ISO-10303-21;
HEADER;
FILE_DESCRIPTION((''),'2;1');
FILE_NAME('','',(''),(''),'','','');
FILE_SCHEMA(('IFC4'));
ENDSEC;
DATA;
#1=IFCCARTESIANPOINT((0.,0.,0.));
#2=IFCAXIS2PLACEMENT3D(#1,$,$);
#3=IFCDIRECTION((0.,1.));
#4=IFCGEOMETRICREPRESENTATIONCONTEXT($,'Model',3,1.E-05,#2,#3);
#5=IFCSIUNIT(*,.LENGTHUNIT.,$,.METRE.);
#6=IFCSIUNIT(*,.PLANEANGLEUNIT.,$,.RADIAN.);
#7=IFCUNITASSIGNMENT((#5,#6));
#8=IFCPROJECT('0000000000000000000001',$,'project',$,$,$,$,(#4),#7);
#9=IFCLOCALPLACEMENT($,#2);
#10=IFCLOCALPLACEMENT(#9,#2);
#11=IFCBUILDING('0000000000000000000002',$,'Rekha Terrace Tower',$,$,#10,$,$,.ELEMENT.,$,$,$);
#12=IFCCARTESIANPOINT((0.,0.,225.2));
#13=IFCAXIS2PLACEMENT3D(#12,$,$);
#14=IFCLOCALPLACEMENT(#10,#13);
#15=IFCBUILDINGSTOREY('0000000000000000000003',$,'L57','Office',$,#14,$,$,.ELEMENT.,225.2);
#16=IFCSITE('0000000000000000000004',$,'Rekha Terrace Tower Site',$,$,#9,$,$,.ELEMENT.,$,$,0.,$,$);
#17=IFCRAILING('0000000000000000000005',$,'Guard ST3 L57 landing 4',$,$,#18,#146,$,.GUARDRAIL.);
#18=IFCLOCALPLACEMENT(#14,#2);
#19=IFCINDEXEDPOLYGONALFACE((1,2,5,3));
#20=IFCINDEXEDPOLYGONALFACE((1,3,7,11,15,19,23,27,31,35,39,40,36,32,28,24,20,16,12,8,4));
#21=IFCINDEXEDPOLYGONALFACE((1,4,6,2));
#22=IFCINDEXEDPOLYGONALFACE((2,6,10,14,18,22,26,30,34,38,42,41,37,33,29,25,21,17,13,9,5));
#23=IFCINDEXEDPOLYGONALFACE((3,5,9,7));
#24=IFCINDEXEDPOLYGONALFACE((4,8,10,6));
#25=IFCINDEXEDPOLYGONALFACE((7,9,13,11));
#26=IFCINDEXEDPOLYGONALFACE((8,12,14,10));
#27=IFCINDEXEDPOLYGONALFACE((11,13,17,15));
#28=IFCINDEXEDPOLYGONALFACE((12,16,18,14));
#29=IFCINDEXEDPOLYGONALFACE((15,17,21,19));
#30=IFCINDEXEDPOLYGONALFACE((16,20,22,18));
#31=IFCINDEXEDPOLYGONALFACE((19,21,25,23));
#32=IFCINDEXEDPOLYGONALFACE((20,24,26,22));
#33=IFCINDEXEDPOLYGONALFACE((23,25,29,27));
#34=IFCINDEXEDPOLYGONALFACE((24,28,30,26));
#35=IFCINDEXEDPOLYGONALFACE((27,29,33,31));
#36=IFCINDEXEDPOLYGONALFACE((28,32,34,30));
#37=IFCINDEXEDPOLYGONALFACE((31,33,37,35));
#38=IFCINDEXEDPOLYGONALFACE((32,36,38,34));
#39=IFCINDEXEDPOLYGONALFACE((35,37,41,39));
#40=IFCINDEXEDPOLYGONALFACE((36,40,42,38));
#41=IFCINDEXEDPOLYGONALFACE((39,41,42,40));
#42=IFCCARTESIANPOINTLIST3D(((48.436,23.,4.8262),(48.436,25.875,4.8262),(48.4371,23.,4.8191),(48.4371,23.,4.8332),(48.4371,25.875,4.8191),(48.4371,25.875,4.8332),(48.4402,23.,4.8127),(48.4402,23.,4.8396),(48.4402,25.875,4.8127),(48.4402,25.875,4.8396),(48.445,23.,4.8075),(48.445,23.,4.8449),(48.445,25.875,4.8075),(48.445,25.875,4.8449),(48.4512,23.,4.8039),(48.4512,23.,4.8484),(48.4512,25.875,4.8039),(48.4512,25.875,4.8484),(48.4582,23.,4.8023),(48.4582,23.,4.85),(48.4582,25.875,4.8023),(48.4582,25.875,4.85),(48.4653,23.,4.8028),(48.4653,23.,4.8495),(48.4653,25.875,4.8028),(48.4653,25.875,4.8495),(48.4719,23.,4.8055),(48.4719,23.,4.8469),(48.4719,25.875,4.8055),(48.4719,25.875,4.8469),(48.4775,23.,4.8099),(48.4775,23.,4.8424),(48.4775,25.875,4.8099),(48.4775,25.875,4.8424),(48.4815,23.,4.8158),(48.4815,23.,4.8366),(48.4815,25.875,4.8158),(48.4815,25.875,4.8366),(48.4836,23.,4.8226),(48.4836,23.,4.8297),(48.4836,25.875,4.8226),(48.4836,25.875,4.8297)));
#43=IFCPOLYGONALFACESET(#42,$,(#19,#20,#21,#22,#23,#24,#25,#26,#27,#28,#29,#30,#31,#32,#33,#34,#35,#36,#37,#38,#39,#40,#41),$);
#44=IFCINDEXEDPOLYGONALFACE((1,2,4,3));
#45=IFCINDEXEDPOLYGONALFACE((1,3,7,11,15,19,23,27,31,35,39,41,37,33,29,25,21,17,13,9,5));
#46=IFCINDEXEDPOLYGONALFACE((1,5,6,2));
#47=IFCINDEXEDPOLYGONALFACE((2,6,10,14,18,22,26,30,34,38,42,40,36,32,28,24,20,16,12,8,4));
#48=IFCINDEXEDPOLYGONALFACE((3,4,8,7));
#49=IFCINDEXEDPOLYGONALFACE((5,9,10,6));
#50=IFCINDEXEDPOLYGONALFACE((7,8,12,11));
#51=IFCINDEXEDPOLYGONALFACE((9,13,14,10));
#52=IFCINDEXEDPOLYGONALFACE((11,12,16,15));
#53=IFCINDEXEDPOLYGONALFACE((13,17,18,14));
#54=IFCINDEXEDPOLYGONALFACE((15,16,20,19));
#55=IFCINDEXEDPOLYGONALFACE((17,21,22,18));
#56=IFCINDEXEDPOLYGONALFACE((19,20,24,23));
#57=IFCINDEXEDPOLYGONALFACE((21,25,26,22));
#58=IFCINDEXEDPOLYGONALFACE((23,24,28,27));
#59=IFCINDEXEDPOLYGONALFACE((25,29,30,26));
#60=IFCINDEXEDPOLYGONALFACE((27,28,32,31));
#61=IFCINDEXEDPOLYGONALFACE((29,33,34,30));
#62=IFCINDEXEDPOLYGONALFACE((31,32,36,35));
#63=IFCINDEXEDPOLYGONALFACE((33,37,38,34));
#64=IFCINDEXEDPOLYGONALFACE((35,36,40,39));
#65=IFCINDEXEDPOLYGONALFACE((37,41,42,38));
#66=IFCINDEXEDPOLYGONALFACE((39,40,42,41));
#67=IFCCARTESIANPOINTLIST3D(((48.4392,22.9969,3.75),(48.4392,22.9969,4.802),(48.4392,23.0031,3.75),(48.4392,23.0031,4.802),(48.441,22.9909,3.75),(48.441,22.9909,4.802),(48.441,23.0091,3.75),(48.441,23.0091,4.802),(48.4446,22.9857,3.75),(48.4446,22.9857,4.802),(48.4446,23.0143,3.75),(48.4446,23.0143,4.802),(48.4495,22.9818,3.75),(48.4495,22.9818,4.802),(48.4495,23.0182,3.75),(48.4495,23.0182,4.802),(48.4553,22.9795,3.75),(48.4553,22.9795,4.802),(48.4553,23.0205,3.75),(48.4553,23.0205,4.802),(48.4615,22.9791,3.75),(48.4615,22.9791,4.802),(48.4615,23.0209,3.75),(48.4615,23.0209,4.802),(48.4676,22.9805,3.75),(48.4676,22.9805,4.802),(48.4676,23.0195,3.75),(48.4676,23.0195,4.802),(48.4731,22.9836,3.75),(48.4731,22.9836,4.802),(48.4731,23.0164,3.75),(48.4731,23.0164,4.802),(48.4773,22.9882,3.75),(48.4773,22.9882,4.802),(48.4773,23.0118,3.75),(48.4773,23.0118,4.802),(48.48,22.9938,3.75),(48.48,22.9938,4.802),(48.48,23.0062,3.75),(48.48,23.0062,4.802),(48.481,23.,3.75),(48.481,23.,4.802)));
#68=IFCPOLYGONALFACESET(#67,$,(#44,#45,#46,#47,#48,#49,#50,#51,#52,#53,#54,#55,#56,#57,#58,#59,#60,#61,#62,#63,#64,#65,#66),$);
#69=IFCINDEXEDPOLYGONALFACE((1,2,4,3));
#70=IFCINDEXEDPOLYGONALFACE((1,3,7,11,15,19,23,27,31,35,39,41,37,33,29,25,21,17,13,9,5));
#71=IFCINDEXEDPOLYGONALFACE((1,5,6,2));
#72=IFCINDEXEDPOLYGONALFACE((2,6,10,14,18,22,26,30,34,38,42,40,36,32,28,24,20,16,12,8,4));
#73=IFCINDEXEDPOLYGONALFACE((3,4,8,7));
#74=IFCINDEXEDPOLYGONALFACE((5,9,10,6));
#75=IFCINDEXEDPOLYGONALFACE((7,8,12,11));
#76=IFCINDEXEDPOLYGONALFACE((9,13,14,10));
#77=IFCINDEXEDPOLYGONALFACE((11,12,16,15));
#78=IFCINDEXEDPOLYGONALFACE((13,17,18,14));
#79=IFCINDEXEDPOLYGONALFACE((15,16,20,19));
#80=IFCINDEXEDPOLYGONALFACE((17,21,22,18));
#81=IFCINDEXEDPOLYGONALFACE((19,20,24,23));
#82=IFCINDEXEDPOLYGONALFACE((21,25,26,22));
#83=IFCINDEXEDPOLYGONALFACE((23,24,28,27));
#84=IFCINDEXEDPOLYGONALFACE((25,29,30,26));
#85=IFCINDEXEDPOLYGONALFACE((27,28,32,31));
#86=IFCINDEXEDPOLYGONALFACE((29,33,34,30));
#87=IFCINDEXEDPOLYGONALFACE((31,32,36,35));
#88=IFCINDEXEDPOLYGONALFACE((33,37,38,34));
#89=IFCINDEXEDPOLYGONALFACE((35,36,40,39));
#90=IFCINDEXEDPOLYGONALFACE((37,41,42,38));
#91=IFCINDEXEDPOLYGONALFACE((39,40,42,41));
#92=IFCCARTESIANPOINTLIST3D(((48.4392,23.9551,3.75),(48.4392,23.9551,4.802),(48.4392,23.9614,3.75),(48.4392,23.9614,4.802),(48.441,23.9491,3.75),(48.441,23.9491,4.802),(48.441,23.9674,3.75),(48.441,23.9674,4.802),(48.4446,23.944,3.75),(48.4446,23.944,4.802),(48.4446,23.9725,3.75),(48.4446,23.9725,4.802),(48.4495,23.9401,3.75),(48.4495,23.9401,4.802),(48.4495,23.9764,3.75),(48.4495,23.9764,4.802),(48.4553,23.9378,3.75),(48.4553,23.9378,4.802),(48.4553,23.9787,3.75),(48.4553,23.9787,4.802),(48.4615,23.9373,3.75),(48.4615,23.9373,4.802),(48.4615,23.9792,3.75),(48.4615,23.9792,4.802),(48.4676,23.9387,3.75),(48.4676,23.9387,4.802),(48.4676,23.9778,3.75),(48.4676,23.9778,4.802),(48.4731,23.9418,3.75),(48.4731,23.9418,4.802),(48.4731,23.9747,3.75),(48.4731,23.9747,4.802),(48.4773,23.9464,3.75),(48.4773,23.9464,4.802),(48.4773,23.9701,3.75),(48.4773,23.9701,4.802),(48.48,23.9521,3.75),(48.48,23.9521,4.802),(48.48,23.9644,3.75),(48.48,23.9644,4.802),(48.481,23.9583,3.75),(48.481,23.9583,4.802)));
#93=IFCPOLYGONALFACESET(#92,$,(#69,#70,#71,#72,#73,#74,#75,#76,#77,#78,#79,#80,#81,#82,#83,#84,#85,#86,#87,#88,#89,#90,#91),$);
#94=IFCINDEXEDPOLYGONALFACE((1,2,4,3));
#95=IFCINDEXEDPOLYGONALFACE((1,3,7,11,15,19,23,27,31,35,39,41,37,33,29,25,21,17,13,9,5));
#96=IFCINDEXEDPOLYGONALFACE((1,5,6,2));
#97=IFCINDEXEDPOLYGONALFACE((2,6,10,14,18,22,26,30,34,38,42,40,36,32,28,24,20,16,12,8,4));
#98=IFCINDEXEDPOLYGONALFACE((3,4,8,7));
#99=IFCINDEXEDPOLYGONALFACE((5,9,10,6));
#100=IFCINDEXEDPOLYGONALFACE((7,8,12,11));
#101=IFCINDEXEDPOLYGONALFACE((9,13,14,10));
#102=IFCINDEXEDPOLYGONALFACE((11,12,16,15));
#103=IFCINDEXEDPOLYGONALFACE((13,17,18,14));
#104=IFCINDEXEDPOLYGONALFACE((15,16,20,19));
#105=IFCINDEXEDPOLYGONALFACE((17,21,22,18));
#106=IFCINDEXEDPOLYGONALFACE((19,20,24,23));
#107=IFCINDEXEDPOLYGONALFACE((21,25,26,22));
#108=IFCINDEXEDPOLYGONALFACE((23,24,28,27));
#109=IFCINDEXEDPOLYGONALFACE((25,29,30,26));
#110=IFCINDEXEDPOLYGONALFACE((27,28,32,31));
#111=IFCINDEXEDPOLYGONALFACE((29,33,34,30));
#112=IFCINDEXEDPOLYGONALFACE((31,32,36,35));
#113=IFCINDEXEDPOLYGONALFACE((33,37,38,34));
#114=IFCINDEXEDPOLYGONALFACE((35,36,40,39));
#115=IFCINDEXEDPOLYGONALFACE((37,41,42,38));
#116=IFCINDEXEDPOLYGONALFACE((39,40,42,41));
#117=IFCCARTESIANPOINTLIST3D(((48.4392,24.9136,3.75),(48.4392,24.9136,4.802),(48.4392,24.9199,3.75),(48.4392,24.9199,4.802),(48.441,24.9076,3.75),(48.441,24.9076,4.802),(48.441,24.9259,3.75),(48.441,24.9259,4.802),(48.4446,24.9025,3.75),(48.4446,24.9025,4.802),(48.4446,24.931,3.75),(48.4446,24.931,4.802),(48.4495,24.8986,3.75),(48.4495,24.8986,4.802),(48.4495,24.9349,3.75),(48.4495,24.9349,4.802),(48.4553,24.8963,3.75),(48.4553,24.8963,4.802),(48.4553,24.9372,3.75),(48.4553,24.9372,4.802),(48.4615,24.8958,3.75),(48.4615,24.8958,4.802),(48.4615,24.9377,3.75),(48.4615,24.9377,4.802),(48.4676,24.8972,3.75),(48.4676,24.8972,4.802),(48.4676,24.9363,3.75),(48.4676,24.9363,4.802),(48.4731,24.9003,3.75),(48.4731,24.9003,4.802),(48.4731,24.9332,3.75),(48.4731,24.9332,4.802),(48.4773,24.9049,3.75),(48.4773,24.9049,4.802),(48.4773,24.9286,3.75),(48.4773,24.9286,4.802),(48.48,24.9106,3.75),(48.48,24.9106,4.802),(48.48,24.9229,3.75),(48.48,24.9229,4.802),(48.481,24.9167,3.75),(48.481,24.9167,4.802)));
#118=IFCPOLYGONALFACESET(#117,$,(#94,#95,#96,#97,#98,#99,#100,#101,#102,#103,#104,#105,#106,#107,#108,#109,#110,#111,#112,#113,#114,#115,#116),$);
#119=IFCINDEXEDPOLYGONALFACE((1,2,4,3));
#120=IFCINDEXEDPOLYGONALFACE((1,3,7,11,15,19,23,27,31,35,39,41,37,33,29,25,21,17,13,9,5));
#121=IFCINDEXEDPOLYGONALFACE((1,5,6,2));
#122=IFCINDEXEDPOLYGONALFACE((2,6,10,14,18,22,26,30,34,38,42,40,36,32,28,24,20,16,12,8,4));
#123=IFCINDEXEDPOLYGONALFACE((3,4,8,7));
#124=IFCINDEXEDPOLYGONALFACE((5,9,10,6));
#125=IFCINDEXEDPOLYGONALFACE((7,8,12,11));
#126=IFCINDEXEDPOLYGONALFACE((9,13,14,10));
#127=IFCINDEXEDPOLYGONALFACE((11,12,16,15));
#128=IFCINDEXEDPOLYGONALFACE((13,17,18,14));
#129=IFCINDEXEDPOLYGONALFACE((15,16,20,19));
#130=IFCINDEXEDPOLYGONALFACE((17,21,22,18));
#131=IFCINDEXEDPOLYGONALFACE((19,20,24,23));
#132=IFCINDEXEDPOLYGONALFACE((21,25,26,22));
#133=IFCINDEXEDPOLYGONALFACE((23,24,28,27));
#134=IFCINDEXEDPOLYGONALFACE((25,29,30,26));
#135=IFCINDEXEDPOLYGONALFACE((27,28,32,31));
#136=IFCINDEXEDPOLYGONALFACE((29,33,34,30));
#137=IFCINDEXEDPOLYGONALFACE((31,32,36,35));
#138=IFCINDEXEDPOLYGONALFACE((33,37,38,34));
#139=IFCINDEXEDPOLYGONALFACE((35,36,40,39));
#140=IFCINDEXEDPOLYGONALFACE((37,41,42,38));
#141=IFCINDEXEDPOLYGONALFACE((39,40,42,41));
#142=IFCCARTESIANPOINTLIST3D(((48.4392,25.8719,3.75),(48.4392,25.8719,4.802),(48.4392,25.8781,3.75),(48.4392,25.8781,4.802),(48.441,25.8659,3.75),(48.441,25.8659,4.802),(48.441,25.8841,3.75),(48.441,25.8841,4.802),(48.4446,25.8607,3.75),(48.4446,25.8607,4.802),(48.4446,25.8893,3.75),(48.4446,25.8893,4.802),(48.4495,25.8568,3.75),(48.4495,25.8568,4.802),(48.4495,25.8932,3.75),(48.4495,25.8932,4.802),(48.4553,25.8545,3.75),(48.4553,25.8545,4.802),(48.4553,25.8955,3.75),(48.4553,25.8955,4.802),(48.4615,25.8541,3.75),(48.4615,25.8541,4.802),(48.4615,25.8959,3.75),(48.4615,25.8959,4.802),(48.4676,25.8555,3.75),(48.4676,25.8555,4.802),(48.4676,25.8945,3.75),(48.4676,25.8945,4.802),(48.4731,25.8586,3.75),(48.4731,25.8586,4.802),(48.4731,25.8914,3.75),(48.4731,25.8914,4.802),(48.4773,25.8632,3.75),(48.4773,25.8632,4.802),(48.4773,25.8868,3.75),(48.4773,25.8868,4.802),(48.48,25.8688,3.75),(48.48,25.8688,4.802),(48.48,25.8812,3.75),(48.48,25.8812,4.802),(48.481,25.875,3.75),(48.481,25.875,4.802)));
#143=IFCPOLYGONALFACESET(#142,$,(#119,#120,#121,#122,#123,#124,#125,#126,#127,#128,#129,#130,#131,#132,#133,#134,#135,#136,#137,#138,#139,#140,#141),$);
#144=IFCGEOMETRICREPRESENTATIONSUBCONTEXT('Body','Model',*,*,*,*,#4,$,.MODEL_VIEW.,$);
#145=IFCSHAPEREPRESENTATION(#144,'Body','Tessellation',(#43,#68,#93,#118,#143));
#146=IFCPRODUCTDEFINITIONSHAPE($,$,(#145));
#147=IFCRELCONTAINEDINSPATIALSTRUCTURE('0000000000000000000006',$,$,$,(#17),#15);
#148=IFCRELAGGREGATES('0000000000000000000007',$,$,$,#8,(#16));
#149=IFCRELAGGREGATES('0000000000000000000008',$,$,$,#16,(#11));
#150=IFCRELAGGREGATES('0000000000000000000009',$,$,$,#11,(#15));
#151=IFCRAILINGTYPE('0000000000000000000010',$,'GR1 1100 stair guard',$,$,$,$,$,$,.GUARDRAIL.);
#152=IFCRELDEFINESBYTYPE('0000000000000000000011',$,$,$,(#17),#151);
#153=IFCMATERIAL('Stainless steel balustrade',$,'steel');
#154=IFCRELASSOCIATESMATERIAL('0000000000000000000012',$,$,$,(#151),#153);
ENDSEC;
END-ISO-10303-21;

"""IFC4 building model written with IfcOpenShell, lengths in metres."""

from ifc_helpers import new_model, si_unit, direction, frame, origin, origin_2d, place, context, subcontext, project, spatial, circle, extrude, material, type_object, element, save


model = new_model("IFC4")

# Units and contexts
model_context = context("Model", 3, precision=1e-05, world=origin(), true_north=direction((0.0, 1.0)))
body_context = subcontext(model_context, "Body", "Model", "MODEL_VIEW")
ifc_project = project(units=[si_unit("LENGTHUNIT", "METRE"), si_unit("PLANEANGLEUNIT", "RADIAN")], contexts=[model_context])

# Site, building, storey
site_placement = place(None, origin())
site = spatial("IfcSite", under=ifc_project, at=site_placement, Name="Rekha Terrace Tower Site", CompositionType="ELEMENT", RefElevation=0.0)
building_placement = place(site_placement, origin())
building = spatial("IfcBuilding", under=site, at=building_placement, Name="Rekha Terrace Tower", CompositionType="ELEMENT")
storey_placement = place(building_placement, frame((0.0, 0.0, 225.2)))
storey = spatial("IfcBuildingStorey", under=building, at=storey_placement, Name="L57", Description="Office", CompositionType="ELEMENT", Elevation=225.2)

# Railing
ifc_material_1 = material(Name="Stainless steel balustrade", Category="steel")
railing_type_1 = type_object("IfcRailingType", Name="GR1 1100 stair guard", PredefinedType="GUARDRAIL", material=ifc_material_1)
railing_1_placement = place(storey_placement, frame((48.46, 23.0, 3.75)))
element("IfcRailing", 1, at=railing_1_placement, inside=storey, type_object=railing_type_1, Name="Guard ST3 L57 landing 4", PredefinedType="GUARDRAIL", context=body_context, shape_type="SweptSolid", body=[
    extrude(circle(Radius=0.0239, at=origin_2d()), frame((0.0, 0.0, 1.0762), z_axis=(0.0, 1.0, 0.0), x_axis=(-1.0, 0.0, 0.0)), (0.0, 0.0, 1.0), 2.875),
    extrude(circle(Radius=0.021, at=origin_2d()), origin(), (0.0, 0.0, 1.0), 1.052),
    extrude(circle(Radius=0.021, at=origin_2d()), frame((0.0, 0.9583, 0.0)), (0.0, 0.0, 1.0), 1.052),
    extrude(circle(Radius=0.021, at=origin_2d()), frame((0.0, 1.9167, 0.0)), (0.0, 0.0, 1.0), 1.052),
    extrude(circle(Radius=0.021, at=origin_2d()), frame((0.0, 2.875, 0.0)), (0.0, 0.0, 1.0), 1.052),
])

save(model, "model.ifc")
